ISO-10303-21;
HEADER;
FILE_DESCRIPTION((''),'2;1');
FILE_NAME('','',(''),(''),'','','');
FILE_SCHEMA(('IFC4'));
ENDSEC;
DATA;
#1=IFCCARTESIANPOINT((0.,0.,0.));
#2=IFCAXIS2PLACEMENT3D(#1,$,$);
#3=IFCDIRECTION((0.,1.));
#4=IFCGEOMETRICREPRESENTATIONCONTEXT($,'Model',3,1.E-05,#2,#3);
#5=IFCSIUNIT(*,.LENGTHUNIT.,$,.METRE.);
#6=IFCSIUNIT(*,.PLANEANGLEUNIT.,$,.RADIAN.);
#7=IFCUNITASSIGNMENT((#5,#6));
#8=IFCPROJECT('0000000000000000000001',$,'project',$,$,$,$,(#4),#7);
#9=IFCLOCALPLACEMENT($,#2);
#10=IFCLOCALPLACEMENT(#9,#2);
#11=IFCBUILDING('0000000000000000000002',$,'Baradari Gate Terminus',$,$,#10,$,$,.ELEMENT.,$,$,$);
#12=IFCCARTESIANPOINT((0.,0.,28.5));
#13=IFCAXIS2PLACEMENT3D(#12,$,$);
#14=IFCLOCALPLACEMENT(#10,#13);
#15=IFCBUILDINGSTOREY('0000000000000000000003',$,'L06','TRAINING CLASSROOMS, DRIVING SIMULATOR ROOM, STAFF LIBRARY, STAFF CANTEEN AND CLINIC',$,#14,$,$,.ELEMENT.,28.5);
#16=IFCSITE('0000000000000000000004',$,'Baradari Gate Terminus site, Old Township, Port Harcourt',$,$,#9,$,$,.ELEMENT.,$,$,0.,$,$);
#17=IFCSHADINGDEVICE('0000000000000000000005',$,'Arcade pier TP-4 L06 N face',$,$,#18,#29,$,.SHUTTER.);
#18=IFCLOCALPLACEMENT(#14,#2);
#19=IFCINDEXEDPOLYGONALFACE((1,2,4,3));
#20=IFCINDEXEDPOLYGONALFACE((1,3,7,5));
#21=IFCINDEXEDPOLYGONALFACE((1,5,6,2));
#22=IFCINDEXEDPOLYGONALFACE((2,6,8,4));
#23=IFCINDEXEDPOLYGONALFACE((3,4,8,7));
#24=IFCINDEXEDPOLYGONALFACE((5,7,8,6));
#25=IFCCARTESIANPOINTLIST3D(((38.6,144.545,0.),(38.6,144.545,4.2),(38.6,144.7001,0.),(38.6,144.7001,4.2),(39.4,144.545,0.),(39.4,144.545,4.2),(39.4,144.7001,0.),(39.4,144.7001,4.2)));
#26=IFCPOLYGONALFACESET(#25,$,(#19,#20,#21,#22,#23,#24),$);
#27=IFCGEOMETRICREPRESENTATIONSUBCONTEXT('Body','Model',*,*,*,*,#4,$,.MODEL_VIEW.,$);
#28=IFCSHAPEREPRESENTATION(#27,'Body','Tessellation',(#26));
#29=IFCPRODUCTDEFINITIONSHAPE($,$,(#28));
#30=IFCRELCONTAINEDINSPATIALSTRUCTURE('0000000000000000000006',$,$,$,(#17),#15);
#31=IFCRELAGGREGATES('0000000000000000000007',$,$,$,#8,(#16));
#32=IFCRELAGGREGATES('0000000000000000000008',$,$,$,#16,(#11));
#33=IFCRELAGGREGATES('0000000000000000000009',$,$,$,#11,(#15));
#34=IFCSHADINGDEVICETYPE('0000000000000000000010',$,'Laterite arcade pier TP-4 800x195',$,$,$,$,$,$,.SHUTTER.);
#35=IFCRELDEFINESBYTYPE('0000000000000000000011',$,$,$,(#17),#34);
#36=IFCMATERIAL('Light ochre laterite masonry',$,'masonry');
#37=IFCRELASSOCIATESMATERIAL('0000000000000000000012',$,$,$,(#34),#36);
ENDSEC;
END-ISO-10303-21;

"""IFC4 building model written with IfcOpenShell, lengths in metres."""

from ifc_helpers import new_model, si_unit, direction, frame, origin, origin_2d, place, context, subcontext, project, spatial, rectangle, extrude, material, type_object, element, save


model = new_model("IFC4")

# Units and contexts
model_context = context("Model", 3, precision=1e-05, world=origin(), true_north=direction((0.0, 1.0)))
body_context = subcontext(model_context, "Body", "Model", "MODEL_VIEW")
ifc_project = project(units=[si_unit("LENGTHUNIT", "METRE"), si_unit("PLANEANGLEUNIT", "RADIAN")], contexts=[model_context])

# Site, building, storey
site_placement = place(None, origin())
site = spatial("IfcSite", under=ifc_project, at=site_placement, Name="Baradari Gate Terminus site, Old Township, Port Harcourt", CompositionType="ELEMENT", RefElevation=0.0)
building_placement = place(site_placement, origin())
building = spatial("IfcBuilding", under=site, at=building_placement, Name="Baradari Gate Terminus", CompositionType="ELEMENT")
storey_placement = place(building_placement, frame((0.0, 0.0, 28.5)))
storey = spatial("IfcBuildingStorey", under=building, at=storey_placement, Name="L06", Description="TRAINING CLASSROOMS, DRIVING SIMULATOR ROOM, STAFF LIBRARY, STAFF CANTEEN AND CLINIC", CompositionType="ELEMENT", Elevation=28.5)

# Shading device
ifc_material_1 = material(Name="Light ochre laterite masonry", Category="masonry")
shading_device_type = type_object("IfcShadingDeviceType", Name="Laterite arcade pier TP-4 800x195", PredefinedType="SHUTTER", material=ifc_material_1)
for number, where, z_axis, x_axis, name in (
    (1, (39.0, 144.6226, 0.0), (0.0, 0.0, 1.0), (-1.0, 0.0, 0.0), "Arcade pier TP-4 L06 N face"),
):
    element("IfcShadingDevice", number, at=place(storey_placement, frame(where, z_axis=z_axis, x_axis=x_axis)), inside=storey, type_object=shading_device_type, Name=name, PredefinedType="SHUTTER", context=body_context, shape_type="SweptSolid", body=[
        extrude(rectangle(XDim=0.8, YDim=0.155, at=origin_2d()), origin(), (0.0, 0.0, 1.0), 4.2),
    ])

save(model, "model.ifc")
